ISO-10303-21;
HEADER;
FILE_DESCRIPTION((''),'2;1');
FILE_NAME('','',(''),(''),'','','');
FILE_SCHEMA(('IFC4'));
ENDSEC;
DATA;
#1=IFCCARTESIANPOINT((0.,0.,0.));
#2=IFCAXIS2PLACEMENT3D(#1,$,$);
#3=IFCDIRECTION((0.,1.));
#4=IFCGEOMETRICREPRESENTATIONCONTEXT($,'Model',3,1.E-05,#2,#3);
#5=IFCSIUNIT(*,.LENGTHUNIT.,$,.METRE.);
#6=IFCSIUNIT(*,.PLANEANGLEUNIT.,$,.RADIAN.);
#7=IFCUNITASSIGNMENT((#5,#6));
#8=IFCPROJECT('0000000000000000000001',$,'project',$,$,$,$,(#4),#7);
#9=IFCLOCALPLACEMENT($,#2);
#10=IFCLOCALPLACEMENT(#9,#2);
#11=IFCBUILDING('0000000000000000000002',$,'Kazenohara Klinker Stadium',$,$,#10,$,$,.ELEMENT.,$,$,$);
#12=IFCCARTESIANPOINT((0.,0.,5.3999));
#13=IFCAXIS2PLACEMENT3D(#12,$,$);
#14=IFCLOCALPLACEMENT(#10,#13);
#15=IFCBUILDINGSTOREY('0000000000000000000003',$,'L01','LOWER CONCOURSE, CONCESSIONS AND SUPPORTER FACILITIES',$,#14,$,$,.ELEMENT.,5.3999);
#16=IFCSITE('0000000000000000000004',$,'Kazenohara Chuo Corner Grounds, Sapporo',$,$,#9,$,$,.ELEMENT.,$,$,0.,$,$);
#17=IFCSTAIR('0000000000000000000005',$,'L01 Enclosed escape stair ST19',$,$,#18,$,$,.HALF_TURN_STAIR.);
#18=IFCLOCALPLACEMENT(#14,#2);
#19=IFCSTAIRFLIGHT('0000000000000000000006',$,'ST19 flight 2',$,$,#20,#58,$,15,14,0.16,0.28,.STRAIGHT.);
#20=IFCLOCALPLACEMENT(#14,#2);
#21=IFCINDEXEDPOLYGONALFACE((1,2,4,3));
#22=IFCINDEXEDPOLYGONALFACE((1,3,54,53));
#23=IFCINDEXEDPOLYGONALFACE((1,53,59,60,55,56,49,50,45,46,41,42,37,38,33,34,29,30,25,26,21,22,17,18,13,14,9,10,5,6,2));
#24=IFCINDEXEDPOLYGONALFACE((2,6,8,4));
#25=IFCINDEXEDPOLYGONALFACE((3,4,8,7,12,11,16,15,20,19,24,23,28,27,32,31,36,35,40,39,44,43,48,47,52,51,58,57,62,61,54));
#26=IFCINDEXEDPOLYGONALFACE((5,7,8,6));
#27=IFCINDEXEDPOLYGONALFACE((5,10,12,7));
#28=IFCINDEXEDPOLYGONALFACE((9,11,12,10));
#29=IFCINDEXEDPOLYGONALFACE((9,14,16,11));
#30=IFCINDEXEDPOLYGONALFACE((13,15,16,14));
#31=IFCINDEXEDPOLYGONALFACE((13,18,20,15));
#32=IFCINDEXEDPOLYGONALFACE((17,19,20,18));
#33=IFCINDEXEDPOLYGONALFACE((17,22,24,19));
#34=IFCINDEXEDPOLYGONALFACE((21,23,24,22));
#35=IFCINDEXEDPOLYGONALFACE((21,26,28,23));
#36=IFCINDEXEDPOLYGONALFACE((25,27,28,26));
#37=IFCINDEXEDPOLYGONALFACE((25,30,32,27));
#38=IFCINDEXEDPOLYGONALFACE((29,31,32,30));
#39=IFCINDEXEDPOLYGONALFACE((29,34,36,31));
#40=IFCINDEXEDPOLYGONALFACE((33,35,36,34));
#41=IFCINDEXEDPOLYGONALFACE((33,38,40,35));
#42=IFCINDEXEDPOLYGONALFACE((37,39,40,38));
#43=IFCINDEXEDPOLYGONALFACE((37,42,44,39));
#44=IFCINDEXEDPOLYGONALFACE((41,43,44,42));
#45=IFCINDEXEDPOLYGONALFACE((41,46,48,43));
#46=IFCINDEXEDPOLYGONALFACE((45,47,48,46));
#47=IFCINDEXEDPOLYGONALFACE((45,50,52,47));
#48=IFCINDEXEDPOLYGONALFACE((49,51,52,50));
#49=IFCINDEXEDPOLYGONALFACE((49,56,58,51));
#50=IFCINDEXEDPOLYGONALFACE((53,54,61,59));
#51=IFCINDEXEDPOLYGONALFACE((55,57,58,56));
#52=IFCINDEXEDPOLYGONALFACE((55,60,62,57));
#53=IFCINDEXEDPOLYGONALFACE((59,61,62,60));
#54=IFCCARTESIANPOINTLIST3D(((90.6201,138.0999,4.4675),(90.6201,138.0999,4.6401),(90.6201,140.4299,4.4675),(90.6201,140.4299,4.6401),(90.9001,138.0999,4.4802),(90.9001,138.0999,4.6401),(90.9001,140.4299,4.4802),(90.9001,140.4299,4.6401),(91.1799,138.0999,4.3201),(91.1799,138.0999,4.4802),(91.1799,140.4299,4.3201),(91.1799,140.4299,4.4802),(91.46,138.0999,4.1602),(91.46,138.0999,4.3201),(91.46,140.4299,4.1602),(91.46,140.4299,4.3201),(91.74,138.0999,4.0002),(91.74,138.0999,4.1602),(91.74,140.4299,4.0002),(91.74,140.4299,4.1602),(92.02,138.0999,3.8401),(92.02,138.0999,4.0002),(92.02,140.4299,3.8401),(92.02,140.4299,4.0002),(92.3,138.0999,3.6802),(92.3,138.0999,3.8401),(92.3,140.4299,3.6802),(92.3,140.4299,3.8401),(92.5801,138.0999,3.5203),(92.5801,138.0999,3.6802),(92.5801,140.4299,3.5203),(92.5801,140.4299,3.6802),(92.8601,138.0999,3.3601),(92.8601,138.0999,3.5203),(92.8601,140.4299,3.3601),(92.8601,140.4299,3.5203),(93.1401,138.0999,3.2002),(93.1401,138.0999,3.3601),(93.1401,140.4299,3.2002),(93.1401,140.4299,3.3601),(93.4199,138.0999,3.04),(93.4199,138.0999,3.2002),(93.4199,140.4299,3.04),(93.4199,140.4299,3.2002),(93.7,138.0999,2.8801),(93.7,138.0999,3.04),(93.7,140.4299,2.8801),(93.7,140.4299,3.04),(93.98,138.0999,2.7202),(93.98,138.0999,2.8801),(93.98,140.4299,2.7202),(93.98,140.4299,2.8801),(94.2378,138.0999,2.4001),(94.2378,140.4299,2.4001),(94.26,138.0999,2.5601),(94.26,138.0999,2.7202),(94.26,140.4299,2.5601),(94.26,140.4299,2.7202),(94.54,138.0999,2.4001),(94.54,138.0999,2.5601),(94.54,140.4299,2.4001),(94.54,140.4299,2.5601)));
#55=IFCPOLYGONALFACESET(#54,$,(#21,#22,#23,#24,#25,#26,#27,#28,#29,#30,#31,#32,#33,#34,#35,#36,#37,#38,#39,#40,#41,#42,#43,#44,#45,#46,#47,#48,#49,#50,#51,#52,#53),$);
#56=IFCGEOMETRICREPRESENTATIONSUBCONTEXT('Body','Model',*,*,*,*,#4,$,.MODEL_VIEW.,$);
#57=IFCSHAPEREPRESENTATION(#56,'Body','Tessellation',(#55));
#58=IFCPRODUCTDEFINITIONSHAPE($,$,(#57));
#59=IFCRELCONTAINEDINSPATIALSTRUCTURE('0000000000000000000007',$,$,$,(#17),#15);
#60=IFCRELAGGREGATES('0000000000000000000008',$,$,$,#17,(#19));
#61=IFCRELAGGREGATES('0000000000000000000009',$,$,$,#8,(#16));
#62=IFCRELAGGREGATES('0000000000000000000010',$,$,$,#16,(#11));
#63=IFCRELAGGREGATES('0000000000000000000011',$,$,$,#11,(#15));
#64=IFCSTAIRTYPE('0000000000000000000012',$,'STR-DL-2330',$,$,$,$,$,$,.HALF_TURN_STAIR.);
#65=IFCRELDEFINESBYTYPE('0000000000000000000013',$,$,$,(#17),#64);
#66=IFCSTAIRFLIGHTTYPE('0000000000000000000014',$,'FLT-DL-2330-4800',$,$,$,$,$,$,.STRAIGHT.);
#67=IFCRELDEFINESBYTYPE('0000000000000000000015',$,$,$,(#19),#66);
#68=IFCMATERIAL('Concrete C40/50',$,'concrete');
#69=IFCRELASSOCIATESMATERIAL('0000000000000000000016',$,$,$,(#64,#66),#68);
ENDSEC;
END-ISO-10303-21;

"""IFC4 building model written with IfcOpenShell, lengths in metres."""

from ifc_helpers import new_model, si_unit, direction, frame, origin, place, context, subcontext, project, spatial, polyline, outline, extrude, material, type_object, element, aggregate, save


model = new_model("IFC4")

# Units and contexts
model_context = context("Model", 3, precision=1e-05, world=origin(), true_north=direction((0.0, 1.0)))
body_context = subcontext(model_context, "Body", "Model", "MODEL_VIEW")
ifc_project = project(units=[si_unit("LENGTHUNIT", "METRE"), si_unit("PLANEANGLEUNIT", "RADIAN")], contexts=[model_context])

# Site, building, storey
site_placement = place(None, origin())
site = spatial("IfcSite", under=ifc_project, at=site_placement, Name="Kazenohara Chuo Corner Grounds, Sapporo", CompositionType="ELEMENT", RefElevation=0.0)
building_placement = place(site_placement, origin())
building = spatial("IfcBuilding", under=site, at=building_placement, Name="Kazenohara Klinker Stadium", CompositionType="ELEMENT")
storey_placement = place(building_placement, frame((0.0, 0.0, 5.3999)))
storey = spatial("IfcBuildingStorey", under=building, at=storey_placement, Name="L01", Description="LOWER CONCOURSE, CONCESSIONS AND SUPPORTER FACILITIES", CompositionType="ELEMENT", Elevation=5.3999)

# Shared definitions
ifc_material_1 = material(Name="Concrete C40/50", Category="concrete")

# Stair, stair flight
stair_type = type_object("IfcStairType", Name="STR-DL-2330", PredefinedType="HALF_TURN_STAIR", material=ifc_material_1)
stair_placement = place(storey_placement, origin())
stair = element("IfcStair", 1, at=stair_placement, inside=storey, type_object=stair_type, Name="L01 Enclosed escape stair ST19", PredefinedType="HALF_TURN_STAIR")
stair_flight_type = type_object("IfcStairFlightType", Name="FLT-DL-2330-4800", PredefinedType="STRAIGHT", material=ifc_material_1)
stair_flight_1_placement = place(storey_placement, frame((94.54, 139.2649, 2.4001), z_axis=(0.0, 0.0, 1.0), x_axis=(-1.0, 0.0, 0.0)))
stair_flight_1 = element("IfcStairFlight", 2, at=stair_flight_1_placement, type_object=stair_flight_type, Name="ST19 flight 2", NumberOfRisers=15, NumberOfTreads=14, PredefinedType="STRAIGHT", RiserHeight=0.16, TreadLength=0.28, context=body_context, shape_type="SweptSolid", body=[
    extrude(outline(polyline([(0.0, 0.0), (0.0, 0.1599), (0.28, 0.1599), (0.28, 0.3201), (0.5601, 0.3201), (0.5601, 0.48), (0.8401, 0.48), (0.8401, 0.6399), (1.1201, 0.6399), (1.1201, 0.8), (1.3999, 0.8), (1.3999, 0.96), (1.6799, 0.96), (1.6799, 1.1201), (1.96, 1.1201), (1.96, 1.28), (2.24, 1.28), (2.24, 1.4399), (2.52, 1.4399), (2.52, 1.6001), (2.8, 1.6001), (2.8, 1.76), (3.0801, 1.76), (3.0801, 1.9199), (3.3601, 1.9199), (3.3601, 2.0801), (3.6399, 2.0801), (3.6399, 2.24), (3.9199, 2.24), (3.9199, 2.3999), (3.9199, 2.0674), (0.3022, 0.0), (0.0, 0.0)])), frame((0.0, 1.165, 0.0), z_axis=(0.0, -1.0, 0.0), x_axis=(1.0, 0.0, 0.0)), (0.0, 0.0, 1.0), 2.3301),
])
aggregate(stair, [stair_flight_1])

save(model, "model.ifc")
